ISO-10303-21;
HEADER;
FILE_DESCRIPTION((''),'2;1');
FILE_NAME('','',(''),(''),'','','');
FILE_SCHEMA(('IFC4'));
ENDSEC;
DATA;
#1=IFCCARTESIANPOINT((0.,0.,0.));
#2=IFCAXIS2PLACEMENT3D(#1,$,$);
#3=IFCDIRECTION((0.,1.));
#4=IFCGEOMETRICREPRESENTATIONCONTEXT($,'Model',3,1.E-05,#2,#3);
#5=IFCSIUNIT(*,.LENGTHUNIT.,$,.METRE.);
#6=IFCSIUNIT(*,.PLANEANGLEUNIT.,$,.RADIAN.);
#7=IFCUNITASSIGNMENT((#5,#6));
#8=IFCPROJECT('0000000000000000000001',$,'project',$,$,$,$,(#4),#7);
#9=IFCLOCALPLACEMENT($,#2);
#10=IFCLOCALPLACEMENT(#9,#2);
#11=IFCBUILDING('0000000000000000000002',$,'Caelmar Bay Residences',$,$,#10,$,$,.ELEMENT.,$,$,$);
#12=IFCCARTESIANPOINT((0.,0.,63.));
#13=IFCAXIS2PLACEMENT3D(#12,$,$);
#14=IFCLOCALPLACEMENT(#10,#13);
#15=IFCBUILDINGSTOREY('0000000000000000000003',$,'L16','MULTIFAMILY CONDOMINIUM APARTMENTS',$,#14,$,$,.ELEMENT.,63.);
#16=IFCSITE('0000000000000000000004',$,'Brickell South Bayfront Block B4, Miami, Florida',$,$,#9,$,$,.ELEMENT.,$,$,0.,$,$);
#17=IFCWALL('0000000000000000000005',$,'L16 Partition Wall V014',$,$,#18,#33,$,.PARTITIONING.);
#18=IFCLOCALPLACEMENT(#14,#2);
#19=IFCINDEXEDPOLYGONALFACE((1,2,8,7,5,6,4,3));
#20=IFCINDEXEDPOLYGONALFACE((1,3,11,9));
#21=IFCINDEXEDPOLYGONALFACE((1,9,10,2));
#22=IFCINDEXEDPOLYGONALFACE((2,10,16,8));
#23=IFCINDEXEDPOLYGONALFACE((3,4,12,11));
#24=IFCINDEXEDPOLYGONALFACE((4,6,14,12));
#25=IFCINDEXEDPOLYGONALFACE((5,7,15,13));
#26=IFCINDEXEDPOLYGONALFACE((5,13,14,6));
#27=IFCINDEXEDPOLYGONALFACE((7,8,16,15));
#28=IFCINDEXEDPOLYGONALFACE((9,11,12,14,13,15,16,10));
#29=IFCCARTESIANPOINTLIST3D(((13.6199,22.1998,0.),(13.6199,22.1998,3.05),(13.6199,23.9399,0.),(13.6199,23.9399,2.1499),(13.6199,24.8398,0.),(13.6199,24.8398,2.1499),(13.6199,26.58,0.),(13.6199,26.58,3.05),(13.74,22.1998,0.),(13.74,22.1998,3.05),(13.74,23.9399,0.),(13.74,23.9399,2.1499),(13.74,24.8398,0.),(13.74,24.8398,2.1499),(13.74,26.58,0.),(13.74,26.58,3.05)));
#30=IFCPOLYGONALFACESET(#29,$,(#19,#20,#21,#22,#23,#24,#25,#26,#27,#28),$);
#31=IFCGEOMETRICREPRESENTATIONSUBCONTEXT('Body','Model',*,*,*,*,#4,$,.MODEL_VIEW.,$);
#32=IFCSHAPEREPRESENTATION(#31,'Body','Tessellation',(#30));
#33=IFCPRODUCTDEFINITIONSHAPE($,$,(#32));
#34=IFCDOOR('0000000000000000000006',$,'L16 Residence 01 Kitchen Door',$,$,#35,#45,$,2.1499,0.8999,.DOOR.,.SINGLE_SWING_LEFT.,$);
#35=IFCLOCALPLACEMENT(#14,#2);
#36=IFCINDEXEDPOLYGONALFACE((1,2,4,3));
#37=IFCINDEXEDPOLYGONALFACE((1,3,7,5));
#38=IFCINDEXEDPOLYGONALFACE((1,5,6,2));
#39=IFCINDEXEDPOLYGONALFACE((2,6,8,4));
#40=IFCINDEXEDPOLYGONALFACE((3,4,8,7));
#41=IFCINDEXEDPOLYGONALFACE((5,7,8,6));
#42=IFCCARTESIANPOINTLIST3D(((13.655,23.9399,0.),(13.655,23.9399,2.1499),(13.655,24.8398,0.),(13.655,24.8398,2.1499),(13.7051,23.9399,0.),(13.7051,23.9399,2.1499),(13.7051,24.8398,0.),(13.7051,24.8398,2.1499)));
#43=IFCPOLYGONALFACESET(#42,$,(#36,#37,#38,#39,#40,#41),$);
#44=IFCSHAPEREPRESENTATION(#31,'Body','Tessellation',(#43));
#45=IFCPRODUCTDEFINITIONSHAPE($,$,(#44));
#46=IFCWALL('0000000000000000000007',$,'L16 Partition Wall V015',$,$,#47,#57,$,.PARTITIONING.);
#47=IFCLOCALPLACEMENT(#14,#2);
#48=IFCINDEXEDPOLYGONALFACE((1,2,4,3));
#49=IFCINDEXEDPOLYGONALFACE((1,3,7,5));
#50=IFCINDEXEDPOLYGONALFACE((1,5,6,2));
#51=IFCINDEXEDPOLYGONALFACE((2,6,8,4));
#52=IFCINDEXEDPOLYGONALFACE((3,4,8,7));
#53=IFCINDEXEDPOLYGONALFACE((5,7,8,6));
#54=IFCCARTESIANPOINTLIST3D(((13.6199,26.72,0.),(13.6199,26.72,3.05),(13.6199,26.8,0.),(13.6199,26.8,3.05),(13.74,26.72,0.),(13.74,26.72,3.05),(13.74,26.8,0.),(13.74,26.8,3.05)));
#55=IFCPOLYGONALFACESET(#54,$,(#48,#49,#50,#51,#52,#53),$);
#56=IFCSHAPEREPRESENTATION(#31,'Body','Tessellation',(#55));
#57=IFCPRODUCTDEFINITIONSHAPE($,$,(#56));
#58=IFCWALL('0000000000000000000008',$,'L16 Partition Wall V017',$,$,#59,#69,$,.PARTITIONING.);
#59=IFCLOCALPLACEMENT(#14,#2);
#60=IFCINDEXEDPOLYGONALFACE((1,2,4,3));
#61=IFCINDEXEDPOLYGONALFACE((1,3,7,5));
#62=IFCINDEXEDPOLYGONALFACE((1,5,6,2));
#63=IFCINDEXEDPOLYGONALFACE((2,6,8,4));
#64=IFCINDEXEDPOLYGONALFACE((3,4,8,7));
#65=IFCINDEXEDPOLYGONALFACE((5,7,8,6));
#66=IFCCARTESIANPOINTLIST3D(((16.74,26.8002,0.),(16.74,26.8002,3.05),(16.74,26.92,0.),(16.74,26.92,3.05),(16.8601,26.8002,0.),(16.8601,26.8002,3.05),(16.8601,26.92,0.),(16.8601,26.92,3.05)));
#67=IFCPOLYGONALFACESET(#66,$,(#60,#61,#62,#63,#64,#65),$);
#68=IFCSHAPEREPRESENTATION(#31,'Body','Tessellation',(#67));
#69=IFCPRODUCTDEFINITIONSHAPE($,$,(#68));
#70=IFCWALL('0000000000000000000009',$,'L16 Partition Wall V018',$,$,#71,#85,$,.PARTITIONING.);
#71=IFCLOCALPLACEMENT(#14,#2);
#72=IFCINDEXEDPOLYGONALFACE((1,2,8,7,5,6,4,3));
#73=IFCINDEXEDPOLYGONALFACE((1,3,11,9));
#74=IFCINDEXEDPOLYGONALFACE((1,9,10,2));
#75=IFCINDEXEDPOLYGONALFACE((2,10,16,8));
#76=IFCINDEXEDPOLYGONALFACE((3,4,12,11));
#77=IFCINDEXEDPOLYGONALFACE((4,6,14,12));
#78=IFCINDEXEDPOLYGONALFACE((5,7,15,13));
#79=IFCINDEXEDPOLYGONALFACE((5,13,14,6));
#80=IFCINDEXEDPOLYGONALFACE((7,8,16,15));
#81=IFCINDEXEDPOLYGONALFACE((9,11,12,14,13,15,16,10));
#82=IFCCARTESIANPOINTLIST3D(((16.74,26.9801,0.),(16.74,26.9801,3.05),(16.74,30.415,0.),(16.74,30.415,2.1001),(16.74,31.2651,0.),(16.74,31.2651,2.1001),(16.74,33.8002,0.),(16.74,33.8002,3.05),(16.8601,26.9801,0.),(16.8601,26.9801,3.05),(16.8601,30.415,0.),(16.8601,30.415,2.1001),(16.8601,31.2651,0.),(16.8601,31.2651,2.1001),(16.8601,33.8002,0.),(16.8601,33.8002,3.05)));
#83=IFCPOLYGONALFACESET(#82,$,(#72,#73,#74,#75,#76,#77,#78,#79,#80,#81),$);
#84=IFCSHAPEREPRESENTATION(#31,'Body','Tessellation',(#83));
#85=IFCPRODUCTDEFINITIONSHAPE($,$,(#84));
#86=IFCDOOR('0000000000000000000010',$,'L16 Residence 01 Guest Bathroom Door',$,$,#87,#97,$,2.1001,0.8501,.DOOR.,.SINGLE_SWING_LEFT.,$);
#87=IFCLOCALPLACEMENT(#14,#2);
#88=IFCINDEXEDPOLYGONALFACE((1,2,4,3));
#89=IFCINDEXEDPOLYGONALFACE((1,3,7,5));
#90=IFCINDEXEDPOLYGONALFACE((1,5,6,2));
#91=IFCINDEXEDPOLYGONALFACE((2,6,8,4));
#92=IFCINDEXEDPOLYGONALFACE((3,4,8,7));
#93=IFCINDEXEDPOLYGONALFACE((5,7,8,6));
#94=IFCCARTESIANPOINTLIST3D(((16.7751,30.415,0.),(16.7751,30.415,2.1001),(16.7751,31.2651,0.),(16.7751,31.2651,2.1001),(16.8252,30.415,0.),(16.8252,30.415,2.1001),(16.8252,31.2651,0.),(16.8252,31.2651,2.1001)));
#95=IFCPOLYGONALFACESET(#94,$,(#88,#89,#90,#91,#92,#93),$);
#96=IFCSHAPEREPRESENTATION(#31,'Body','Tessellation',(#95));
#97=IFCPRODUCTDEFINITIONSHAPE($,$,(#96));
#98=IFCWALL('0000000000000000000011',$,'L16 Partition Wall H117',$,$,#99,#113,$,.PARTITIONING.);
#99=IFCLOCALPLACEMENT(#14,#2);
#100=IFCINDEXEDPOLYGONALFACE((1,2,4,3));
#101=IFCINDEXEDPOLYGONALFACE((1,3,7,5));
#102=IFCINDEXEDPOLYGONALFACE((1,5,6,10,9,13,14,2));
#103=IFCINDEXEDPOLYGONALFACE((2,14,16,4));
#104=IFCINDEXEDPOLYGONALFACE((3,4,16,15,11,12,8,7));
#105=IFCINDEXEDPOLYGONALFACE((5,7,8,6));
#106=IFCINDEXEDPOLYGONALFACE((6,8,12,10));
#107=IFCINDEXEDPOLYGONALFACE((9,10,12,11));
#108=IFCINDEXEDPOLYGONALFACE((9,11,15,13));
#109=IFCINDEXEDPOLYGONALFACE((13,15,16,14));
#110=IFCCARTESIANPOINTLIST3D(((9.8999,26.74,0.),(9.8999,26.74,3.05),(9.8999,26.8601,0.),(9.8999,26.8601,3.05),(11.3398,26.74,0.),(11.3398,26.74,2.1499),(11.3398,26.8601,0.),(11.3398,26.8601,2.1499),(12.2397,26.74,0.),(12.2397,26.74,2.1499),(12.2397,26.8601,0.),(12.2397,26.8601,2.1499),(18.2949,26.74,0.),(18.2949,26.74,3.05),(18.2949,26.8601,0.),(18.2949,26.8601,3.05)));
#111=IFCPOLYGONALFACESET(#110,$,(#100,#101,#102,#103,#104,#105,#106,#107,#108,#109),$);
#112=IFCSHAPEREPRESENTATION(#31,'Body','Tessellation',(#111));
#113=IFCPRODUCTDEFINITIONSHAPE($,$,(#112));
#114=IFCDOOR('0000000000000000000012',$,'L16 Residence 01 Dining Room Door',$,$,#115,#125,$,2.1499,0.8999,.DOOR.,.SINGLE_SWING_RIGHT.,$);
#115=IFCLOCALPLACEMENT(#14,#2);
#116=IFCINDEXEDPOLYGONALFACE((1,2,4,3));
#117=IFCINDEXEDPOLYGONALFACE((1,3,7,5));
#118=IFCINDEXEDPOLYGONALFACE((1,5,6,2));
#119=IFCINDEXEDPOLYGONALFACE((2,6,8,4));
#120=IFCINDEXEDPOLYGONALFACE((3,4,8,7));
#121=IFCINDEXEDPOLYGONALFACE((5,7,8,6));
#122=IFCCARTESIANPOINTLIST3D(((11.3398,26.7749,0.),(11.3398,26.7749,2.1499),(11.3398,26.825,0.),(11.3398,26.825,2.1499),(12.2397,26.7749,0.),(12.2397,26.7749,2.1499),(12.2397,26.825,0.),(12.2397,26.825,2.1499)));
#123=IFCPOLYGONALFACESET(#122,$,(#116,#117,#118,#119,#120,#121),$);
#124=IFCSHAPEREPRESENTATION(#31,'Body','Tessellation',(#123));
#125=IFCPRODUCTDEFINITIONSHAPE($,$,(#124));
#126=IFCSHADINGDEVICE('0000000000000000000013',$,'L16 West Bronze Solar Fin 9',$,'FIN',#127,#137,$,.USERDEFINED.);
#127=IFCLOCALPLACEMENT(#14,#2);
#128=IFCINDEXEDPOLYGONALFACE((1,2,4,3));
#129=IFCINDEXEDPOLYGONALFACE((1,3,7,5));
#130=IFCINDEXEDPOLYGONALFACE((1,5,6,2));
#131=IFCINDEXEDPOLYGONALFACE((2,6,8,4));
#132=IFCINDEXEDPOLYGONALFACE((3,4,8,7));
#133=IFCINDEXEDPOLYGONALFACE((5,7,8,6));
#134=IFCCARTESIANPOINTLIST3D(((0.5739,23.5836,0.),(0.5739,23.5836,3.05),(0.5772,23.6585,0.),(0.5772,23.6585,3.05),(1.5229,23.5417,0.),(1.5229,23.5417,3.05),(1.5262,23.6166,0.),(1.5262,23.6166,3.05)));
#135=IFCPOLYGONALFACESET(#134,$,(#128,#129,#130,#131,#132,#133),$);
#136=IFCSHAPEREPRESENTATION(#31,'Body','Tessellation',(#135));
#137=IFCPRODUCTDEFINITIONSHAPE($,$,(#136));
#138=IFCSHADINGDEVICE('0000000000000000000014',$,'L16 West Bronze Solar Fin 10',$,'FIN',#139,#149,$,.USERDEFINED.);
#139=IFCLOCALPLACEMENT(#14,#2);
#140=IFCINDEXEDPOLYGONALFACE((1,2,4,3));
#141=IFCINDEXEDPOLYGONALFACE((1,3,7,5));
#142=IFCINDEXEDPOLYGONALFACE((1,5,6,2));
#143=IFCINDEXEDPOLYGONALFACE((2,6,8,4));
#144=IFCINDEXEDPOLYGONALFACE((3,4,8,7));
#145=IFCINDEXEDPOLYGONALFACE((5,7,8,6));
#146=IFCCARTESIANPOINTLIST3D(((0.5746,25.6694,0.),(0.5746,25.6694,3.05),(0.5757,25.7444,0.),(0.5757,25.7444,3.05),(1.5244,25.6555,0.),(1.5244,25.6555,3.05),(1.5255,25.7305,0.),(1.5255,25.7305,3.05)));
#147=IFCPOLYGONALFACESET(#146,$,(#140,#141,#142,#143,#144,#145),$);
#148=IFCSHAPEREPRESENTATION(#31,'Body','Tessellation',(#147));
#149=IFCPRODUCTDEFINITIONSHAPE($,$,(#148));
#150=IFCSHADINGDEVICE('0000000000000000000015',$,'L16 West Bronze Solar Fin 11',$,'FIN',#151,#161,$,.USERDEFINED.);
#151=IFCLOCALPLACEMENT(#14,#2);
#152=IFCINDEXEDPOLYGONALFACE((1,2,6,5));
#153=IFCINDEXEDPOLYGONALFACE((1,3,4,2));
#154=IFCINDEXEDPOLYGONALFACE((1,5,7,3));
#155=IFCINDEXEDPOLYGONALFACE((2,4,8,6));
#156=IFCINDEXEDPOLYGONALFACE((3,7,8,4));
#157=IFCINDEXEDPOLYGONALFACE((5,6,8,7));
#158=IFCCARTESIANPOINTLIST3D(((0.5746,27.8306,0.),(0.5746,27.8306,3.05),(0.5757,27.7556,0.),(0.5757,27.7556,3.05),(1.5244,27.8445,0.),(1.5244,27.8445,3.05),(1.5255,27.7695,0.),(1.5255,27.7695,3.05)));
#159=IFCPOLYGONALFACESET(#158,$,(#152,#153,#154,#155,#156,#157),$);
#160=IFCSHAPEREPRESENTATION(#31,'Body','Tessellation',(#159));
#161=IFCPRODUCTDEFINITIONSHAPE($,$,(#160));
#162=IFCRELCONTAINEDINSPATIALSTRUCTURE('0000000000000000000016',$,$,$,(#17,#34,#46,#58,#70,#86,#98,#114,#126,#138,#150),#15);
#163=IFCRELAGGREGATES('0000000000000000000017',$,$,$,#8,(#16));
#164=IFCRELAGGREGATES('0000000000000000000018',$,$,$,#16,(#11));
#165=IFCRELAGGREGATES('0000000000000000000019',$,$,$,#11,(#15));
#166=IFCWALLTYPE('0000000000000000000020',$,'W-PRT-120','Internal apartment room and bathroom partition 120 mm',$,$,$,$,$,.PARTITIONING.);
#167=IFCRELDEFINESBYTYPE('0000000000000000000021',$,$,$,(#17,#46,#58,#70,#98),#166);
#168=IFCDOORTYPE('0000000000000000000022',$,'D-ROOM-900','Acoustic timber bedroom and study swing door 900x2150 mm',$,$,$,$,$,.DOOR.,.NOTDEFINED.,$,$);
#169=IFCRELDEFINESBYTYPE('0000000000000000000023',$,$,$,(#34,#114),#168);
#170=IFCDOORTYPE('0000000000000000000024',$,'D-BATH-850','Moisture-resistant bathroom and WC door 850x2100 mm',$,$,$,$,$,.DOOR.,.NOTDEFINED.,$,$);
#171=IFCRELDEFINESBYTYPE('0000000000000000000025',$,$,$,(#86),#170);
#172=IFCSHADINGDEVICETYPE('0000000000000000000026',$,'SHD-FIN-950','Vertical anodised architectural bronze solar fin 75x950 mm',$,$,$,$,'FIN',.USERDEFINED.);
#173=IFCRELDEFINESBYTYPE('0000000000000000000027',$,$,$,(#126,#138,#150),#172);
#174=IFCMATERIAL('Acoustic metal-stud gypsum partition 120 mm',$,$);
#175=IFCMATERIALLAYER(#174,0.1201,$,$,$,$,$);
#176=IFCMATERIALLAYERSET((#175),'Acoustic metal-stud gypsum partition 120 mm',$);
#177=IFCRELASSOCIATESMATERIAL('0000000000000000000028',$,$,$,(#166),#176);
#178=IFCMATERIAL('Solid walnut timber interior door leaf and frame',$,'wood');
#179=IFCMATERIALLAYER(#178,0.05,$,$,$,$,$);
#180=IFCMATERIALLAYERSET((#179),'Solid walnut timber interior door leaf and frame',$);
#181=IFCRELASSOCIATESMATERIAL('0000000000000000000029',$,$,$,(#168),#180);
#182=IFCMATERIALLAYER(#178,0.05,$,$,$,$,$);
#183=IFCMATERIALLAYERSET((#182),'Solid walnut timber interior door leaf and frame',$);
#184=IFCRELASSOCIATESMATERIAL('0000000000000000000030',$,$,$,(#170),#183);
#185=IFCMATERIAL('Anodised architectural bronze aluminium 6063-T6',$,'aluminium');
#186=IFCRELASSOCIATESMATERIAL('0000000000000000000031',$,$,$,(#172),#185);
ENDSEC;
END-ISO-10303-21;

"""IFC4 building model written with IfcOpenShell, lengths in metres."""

from ifc_helpers import new_model, si_unit, direction, frame, frame_2d, origin, origin_2d, place, context, subcontext, project, spatial, rectangle, extrude, material, layer, layer_set, material_profile, profile_set, type_object, element, fill, save


model = new_model("IFC4")

# Units and contexts
model_context = context("Model", 3, precision=1e-05, world=origin(), true_north=direction((0.0, 1.0)))
body_context = subcontext(model_context, "Body", "Model", "MODEL_VIEW")
ifc_project = project(units=[si_unit("LENGTHUNIT", "METRE"), si_unit("PLANEANGLEUNIT", "RADIAN")], contexts=[model_context])

# Site, building, storey
site_placement = place(None, origin())
site = spatial("IfcSite", under=ifc_project, at=site_placement, Name="Brickell South Bayfront Block B4, Miami, Florida", CompositionType="ELEMENT", RefElevation=0.0)
building_placement = place(site_placement, origin())
building = spatial("IfcBuilding", under=site, at=building_placement, Name="Caelmar Bay Residences", CompositionType="ELEMENT")
storey_placement = place(building_placement, frame((0.0, 0.0, 63.0)))
storey = spatial("IfcBuildingStorey", under=building, at=storey_placement, Name="L16", Description="MULTIFAMILY CONDOMINIUM APARTMENTS", CompositionType="ELEMENT", Elevation=63.0)

# Shared definitions
ifc_material_1 = material(Name="Acoustic metal-stud gypsum partition 120 mm")
ifc_layer_1 = layer(ifc_material_1, 0.1201)
ifc_layer_set_1 = layer_set([ifc_layer_1], Name="Acoustic metal-stud gypsum partition 120 mm")
wall_type_1 = type_object("IfcWallType", Name="W-PRT-120", Description="Internal apartment room and bathroom partition 120 mm", PredefinedType="PARTITIONING", material=ifc_layer_set_1)

# Shared definitions
ifc_material_2 = material(Name="Solid walnut timber interior door leaf and frame", Category="wood")
ifc_layer_2 = layer(ifc_material_2, 0.05)
ifc_layer_set_2 = layer_set([ifc_layer_2], Name="Solid walnut timber interior door leaf and frame")
door_type_1 = type_object("IfcDoorType", Name="D-ROOM-900", Description="Acoustic timber bedroom and study swing door 900x2150 mm", OperationType="NOTDEFINED", PredefinedType="DOOR", material=ifc_layer_set_2)

# Wall, opening, door
wall_1_placement = place(storey_placement, frame((13.6799, 22.2, 0.0), z_axis=(0.0, 0.0, 1.0), x_axis=(0.0, 1.0, 0.0)))
wall_1 = element("IfcWall", 1, at=wall_1_placement, inside=storey, type_object=wall_type_1, Name="L16 Partition Wall V014", PredefinedType="PARTITIONING", context=body_context, shape_type="SweptSolid", body=[
    extrude(rectangle(XDim=4.3801, YDim=0.1201, at=frame_2d((2.1899, 0.0))), origin(), (0.0, 0.0, 1.0), 3.05),
])
opening_1_placement = place(wall_1_placement, frame((1.74, 0.0, 0.0)))
opening_1 = element("IfcOpeningElement", 2, at=opening_1_placement, cuts=wall_1, PredefinedType="OPENING", context=body_context, shape_type="SweptSolid", body=[
    extrude(rectangle(XDim=0.8999, YDim=2.1499, at=frame_2d((0.45, 1.075))), frame((0.0, 0.0701, 0.0), z_axis=(0.0, -1.0, 0.0), x_axis=(1.0, 0.0, 0.0)), (0.0, 0.0, 1.0), 0.1401),
])
door_1_placement = place(opening_1_placement, origin())
door_1 = element("IfcDoor", 3, at=door_1_placement, inside=storey, type_object=door_type_1, Name="L16 Residence 01 Kitchen Door", OperationType="SINGLE_SWING_LEFT", OverallHeight=2.1499, OverallWidth=0.8999, PredefinedType="DOOR", context=body_context, shape_type="SweptSolid", body=[
    extrude(rectangle(XDim=0.8999, YDim=2.1499, at=frame_2d((0.45, 1.075))), frame((0.0, 0.0249, 0.0), z_axis=(0.0, -1.0, 0.0), x_axis=(1.0, 0.0, 0.0)), (0.0, 0.0, 1.0), 0.05),
])
fill(opening_1, door_1)

# Walls
wall_2_placement = place(storey_placement, frame((13.6799, 26.72, 0.0), z_axis=(0.0, 0.0, 1.0), x_axis=(0.0, 1.0, 0.0)))
element("IfcWall", 4, at=wall_2_placement, inside=storey, type_object=wall_type_1, Name="L16 Partition Wall V015", PredefinedType="PARTITIONING", context=body_context, shape_type="SweptSolid", body=[
    extrude(rectangle(XDim=0.0801, YDim=0.1201, at=frame_2d((0.04, 0.0))), origin(), (0.0, 0.0, 1.0), 3.05),
])
wall_3_placement = place(storey_placement, frame((16.8, 26.8, 0.0), z_axis=(0.0, 0.0, 1.0), x_axis=(0.0, 1.0, 0.0)))
element("IfcWall", 5, at=wall_3_placement, inside=storey, type_object=wall_type_1, Name="L16 Partition Wall V017", PredefinedType="PARTITIONING", context=body_context, shape_type="SweptSolid", body=[
    extrude(rectangle(XDim=0.1199, YDim=0.1201, at=frame_2d((0.0601, 0.0))), origin(), (0.0, 0.0, 1.0), 3.05),
])

# Walls, openings, doors
wall_4_placement = place(storey_placement, frame((16.8, 26.98, 0.0), z_axis=(0.0, 0.0, 1.0), x_axis=(0.0, 1.0, 0.0)))
wall_4 = element("IfcWall", 6, at=wall_4_placement, inside=storey, type_object=wall_type_1, Name="L16 Partition Wall V018", PredefinedType="PARTITIONING", context=body_context, shape_type="SweptSolid", body=[
    extrude(rectangle(XDim=6.8201, YDim=0.1201, at=frame_2d((3.4102, 0.0))), origin(), (0.0, 0.0, 1.0), 3.05),
])
opening_2_placement = place(wall_4_placement, frame((3.4351, 0.0, 0.0)))
opening_2 = element("IfcOpeningElement", 7, at=opening_2_placement, cuts=wall_4, PredefinedType="OPENING", context=body_context, shape_type="SweptSolid", body=[
    extrude(rectangle(XDim=0.8501, YDim=2.1001, at=frame_2d((0.425, 1.05))), frame((0.0, 0.0701, 0.0), z_axis=(0.0, -1.0, 0.0), x_axis=(1.0, 0.0, 0.0)), (0.0, 0.0, 1.0), 0.1401),
])
ifc_layer_3 = layer(ifc_material_2, 0.05)
ifc_layer_set_3 = layer_set([ifc_layer_3], Name="Solid walnut timber interior door leaf and frame")
door_type_2 = type_object("IfcDoorType", Name="D-BATH-850", Description="Moisture-resistant bathroom and WC door 850x2100 mm", OperationType="NOTDEFINED", PredefinedType="DOOR", material=ifc_layer_set_3)
door_2_placement = place(opening_2_placement, origin())
door_2 = element("IfcDoor", 8, at=door_2_placement, inside=storey, type_object=door_type_2, Name="L16 Residence 01 Guest Bathroom Door", OperationType="SINGLE_SWING_LEFT", OverallHeight=2.1001, OverallWidth=0.8501, PredefinedType="DOOR", context=body_context, shape_type="SweptSolid", body=[
    extrude(rectangle(XDim=0.8501, YDim=2.1001, at=frame_2d((0.425, 1.05))), frame((0.0, 0.0249, 0.0), z_axis=(0.0, -1.0, 0.0), x_axis=(1.0, 0.0, 0.0)), (0.0, 0.0, 1.0), 0.05),
])
fill(opening_2, door_2)
wall_5_placement = place(storey_placement, frame((9.8999, 26.8, 0.0), z_axis=(0.0, 0.0, 1.0), x_axis=(1.0, 0.0, 0.0)))
wall_5 = element("IfcWall", 9, at=wall_5_placement, inside=storey, type_object=wall_type_1, Name="L16 Partition Wall H117", PredefinedType="PARTITIONING", context=body_context, shape_type="SweptSolid", body=[
    extrude(rectangle(XDim=8.395, YDim=0.1201, at=frame_2d((4.1975, 0.0))), origin(), (0.0, 0.0, 1.0), 3.05),
])
opening_3_placement = place(wall_5_placement, frame((1.4399, 0.0, 0.0)))
opening_3 = element("IfcOpeningElement", 10, at=opening_3_placement, cuts=wall_5, PredefinedType="OPENING", context=body_context, shape_type="SweptSolid", body=[
    extrude(rectangle(XDim=0.8999, YDim=2.1499, at=frame_2d((0.45, 1.075))), frame((0.0, 0.0701, 0.0), z_axis=(0.0, -1.0, 0.0), x_axis=(1.0, 0.0, 0.0)), (0.0, 0.0, 1.0), 0.1401),
])
door_3_placement = place(opening_3_placement, origin())
door_3 = element("IfcDoor", 11, at=door_3_placement, inside=storey, type_object=door_type_1, Name="L16 Residence 01 Dining Room Door", OperationType="SINGLE_SWING_RIGHT", OverallHeight=2.1499, OverallWidth=0.8999, PredefinedType="DOOR", context=body_context, shape_type="SweptSolid", body=[
    extrude(rectangle(XDim=0.8999, YDim=2.1499, at=frame_2d((0.45, 1.075))), frame((0.0, 0.0249, 0.0), z_axis=(0.0, -1.0, 0.0), x_axis=(1.0, 0.0, 0.0)), (0.0, 0.0, 1.0), 0.05),
])
fill(opening_3, door_3)

# Shading devices
ifc_material_3 = material(Name="Anodised architectural bronze aluminium 6063-T6", Category="aluminium")
ifc_material_profile_1 = material_profile(ifc_material_3, rectangle(XDim=0.075, YDim=0.95, at=origin_2d()), Name="BRONZE-FIN-75X950")
ifc_profile_set_1 = profile_set([ifc_material_profile_1], Name="Anodised architectural bronze aluminium 6063-T6")
shading_device_type = type_object("IfcShadingDeviceType", Name="SHD-FIN-950", Description="Vertical anodised architectural bronze solar fin 75x950 mm", ElementType="FIN", PredefinedType="USERDEFINED", material=ifc_profile_set_1)
for number, where, z_axis, x_axis, name in (
    (12, (1.05, 23.6001, 0.0), (0.0, 0.0, 1.0), (0.044142, 0.999025, 0.0), "L16 West Bronze Solar Fin 9"),
    (13, (1.05, 25.7, 0.0), (0.0, 0.0, 1.0), (0.01466, 0.999893, 0.0), "L16 West Bronze Solar Fin 10"),
    (14, (1.05, 27.8, 0.0), (0.0, 0.0, 1.0), (-0.01466, 0.999893, 0.0), "L16 West Bronze Solar Fin 11"),
):
    element("IfcShadingDevice", number, at=place(storey_placement, frame(where, z_axis=z_axis, x_axis=x_axis)), inside=storey, type_object=shading_device_type, Name=name, ObjectType="FIN", PredefinedType="USERDEFINED", context=body_context, shape_type="SweptSolid", body=[
        extrude(rectangle(XDim=0.075, YDim=0.95, at=origin_2d()), origin(), (0.0, 0.0, 1.0), 3.05),
    ])

save(model, "model.ifc")
